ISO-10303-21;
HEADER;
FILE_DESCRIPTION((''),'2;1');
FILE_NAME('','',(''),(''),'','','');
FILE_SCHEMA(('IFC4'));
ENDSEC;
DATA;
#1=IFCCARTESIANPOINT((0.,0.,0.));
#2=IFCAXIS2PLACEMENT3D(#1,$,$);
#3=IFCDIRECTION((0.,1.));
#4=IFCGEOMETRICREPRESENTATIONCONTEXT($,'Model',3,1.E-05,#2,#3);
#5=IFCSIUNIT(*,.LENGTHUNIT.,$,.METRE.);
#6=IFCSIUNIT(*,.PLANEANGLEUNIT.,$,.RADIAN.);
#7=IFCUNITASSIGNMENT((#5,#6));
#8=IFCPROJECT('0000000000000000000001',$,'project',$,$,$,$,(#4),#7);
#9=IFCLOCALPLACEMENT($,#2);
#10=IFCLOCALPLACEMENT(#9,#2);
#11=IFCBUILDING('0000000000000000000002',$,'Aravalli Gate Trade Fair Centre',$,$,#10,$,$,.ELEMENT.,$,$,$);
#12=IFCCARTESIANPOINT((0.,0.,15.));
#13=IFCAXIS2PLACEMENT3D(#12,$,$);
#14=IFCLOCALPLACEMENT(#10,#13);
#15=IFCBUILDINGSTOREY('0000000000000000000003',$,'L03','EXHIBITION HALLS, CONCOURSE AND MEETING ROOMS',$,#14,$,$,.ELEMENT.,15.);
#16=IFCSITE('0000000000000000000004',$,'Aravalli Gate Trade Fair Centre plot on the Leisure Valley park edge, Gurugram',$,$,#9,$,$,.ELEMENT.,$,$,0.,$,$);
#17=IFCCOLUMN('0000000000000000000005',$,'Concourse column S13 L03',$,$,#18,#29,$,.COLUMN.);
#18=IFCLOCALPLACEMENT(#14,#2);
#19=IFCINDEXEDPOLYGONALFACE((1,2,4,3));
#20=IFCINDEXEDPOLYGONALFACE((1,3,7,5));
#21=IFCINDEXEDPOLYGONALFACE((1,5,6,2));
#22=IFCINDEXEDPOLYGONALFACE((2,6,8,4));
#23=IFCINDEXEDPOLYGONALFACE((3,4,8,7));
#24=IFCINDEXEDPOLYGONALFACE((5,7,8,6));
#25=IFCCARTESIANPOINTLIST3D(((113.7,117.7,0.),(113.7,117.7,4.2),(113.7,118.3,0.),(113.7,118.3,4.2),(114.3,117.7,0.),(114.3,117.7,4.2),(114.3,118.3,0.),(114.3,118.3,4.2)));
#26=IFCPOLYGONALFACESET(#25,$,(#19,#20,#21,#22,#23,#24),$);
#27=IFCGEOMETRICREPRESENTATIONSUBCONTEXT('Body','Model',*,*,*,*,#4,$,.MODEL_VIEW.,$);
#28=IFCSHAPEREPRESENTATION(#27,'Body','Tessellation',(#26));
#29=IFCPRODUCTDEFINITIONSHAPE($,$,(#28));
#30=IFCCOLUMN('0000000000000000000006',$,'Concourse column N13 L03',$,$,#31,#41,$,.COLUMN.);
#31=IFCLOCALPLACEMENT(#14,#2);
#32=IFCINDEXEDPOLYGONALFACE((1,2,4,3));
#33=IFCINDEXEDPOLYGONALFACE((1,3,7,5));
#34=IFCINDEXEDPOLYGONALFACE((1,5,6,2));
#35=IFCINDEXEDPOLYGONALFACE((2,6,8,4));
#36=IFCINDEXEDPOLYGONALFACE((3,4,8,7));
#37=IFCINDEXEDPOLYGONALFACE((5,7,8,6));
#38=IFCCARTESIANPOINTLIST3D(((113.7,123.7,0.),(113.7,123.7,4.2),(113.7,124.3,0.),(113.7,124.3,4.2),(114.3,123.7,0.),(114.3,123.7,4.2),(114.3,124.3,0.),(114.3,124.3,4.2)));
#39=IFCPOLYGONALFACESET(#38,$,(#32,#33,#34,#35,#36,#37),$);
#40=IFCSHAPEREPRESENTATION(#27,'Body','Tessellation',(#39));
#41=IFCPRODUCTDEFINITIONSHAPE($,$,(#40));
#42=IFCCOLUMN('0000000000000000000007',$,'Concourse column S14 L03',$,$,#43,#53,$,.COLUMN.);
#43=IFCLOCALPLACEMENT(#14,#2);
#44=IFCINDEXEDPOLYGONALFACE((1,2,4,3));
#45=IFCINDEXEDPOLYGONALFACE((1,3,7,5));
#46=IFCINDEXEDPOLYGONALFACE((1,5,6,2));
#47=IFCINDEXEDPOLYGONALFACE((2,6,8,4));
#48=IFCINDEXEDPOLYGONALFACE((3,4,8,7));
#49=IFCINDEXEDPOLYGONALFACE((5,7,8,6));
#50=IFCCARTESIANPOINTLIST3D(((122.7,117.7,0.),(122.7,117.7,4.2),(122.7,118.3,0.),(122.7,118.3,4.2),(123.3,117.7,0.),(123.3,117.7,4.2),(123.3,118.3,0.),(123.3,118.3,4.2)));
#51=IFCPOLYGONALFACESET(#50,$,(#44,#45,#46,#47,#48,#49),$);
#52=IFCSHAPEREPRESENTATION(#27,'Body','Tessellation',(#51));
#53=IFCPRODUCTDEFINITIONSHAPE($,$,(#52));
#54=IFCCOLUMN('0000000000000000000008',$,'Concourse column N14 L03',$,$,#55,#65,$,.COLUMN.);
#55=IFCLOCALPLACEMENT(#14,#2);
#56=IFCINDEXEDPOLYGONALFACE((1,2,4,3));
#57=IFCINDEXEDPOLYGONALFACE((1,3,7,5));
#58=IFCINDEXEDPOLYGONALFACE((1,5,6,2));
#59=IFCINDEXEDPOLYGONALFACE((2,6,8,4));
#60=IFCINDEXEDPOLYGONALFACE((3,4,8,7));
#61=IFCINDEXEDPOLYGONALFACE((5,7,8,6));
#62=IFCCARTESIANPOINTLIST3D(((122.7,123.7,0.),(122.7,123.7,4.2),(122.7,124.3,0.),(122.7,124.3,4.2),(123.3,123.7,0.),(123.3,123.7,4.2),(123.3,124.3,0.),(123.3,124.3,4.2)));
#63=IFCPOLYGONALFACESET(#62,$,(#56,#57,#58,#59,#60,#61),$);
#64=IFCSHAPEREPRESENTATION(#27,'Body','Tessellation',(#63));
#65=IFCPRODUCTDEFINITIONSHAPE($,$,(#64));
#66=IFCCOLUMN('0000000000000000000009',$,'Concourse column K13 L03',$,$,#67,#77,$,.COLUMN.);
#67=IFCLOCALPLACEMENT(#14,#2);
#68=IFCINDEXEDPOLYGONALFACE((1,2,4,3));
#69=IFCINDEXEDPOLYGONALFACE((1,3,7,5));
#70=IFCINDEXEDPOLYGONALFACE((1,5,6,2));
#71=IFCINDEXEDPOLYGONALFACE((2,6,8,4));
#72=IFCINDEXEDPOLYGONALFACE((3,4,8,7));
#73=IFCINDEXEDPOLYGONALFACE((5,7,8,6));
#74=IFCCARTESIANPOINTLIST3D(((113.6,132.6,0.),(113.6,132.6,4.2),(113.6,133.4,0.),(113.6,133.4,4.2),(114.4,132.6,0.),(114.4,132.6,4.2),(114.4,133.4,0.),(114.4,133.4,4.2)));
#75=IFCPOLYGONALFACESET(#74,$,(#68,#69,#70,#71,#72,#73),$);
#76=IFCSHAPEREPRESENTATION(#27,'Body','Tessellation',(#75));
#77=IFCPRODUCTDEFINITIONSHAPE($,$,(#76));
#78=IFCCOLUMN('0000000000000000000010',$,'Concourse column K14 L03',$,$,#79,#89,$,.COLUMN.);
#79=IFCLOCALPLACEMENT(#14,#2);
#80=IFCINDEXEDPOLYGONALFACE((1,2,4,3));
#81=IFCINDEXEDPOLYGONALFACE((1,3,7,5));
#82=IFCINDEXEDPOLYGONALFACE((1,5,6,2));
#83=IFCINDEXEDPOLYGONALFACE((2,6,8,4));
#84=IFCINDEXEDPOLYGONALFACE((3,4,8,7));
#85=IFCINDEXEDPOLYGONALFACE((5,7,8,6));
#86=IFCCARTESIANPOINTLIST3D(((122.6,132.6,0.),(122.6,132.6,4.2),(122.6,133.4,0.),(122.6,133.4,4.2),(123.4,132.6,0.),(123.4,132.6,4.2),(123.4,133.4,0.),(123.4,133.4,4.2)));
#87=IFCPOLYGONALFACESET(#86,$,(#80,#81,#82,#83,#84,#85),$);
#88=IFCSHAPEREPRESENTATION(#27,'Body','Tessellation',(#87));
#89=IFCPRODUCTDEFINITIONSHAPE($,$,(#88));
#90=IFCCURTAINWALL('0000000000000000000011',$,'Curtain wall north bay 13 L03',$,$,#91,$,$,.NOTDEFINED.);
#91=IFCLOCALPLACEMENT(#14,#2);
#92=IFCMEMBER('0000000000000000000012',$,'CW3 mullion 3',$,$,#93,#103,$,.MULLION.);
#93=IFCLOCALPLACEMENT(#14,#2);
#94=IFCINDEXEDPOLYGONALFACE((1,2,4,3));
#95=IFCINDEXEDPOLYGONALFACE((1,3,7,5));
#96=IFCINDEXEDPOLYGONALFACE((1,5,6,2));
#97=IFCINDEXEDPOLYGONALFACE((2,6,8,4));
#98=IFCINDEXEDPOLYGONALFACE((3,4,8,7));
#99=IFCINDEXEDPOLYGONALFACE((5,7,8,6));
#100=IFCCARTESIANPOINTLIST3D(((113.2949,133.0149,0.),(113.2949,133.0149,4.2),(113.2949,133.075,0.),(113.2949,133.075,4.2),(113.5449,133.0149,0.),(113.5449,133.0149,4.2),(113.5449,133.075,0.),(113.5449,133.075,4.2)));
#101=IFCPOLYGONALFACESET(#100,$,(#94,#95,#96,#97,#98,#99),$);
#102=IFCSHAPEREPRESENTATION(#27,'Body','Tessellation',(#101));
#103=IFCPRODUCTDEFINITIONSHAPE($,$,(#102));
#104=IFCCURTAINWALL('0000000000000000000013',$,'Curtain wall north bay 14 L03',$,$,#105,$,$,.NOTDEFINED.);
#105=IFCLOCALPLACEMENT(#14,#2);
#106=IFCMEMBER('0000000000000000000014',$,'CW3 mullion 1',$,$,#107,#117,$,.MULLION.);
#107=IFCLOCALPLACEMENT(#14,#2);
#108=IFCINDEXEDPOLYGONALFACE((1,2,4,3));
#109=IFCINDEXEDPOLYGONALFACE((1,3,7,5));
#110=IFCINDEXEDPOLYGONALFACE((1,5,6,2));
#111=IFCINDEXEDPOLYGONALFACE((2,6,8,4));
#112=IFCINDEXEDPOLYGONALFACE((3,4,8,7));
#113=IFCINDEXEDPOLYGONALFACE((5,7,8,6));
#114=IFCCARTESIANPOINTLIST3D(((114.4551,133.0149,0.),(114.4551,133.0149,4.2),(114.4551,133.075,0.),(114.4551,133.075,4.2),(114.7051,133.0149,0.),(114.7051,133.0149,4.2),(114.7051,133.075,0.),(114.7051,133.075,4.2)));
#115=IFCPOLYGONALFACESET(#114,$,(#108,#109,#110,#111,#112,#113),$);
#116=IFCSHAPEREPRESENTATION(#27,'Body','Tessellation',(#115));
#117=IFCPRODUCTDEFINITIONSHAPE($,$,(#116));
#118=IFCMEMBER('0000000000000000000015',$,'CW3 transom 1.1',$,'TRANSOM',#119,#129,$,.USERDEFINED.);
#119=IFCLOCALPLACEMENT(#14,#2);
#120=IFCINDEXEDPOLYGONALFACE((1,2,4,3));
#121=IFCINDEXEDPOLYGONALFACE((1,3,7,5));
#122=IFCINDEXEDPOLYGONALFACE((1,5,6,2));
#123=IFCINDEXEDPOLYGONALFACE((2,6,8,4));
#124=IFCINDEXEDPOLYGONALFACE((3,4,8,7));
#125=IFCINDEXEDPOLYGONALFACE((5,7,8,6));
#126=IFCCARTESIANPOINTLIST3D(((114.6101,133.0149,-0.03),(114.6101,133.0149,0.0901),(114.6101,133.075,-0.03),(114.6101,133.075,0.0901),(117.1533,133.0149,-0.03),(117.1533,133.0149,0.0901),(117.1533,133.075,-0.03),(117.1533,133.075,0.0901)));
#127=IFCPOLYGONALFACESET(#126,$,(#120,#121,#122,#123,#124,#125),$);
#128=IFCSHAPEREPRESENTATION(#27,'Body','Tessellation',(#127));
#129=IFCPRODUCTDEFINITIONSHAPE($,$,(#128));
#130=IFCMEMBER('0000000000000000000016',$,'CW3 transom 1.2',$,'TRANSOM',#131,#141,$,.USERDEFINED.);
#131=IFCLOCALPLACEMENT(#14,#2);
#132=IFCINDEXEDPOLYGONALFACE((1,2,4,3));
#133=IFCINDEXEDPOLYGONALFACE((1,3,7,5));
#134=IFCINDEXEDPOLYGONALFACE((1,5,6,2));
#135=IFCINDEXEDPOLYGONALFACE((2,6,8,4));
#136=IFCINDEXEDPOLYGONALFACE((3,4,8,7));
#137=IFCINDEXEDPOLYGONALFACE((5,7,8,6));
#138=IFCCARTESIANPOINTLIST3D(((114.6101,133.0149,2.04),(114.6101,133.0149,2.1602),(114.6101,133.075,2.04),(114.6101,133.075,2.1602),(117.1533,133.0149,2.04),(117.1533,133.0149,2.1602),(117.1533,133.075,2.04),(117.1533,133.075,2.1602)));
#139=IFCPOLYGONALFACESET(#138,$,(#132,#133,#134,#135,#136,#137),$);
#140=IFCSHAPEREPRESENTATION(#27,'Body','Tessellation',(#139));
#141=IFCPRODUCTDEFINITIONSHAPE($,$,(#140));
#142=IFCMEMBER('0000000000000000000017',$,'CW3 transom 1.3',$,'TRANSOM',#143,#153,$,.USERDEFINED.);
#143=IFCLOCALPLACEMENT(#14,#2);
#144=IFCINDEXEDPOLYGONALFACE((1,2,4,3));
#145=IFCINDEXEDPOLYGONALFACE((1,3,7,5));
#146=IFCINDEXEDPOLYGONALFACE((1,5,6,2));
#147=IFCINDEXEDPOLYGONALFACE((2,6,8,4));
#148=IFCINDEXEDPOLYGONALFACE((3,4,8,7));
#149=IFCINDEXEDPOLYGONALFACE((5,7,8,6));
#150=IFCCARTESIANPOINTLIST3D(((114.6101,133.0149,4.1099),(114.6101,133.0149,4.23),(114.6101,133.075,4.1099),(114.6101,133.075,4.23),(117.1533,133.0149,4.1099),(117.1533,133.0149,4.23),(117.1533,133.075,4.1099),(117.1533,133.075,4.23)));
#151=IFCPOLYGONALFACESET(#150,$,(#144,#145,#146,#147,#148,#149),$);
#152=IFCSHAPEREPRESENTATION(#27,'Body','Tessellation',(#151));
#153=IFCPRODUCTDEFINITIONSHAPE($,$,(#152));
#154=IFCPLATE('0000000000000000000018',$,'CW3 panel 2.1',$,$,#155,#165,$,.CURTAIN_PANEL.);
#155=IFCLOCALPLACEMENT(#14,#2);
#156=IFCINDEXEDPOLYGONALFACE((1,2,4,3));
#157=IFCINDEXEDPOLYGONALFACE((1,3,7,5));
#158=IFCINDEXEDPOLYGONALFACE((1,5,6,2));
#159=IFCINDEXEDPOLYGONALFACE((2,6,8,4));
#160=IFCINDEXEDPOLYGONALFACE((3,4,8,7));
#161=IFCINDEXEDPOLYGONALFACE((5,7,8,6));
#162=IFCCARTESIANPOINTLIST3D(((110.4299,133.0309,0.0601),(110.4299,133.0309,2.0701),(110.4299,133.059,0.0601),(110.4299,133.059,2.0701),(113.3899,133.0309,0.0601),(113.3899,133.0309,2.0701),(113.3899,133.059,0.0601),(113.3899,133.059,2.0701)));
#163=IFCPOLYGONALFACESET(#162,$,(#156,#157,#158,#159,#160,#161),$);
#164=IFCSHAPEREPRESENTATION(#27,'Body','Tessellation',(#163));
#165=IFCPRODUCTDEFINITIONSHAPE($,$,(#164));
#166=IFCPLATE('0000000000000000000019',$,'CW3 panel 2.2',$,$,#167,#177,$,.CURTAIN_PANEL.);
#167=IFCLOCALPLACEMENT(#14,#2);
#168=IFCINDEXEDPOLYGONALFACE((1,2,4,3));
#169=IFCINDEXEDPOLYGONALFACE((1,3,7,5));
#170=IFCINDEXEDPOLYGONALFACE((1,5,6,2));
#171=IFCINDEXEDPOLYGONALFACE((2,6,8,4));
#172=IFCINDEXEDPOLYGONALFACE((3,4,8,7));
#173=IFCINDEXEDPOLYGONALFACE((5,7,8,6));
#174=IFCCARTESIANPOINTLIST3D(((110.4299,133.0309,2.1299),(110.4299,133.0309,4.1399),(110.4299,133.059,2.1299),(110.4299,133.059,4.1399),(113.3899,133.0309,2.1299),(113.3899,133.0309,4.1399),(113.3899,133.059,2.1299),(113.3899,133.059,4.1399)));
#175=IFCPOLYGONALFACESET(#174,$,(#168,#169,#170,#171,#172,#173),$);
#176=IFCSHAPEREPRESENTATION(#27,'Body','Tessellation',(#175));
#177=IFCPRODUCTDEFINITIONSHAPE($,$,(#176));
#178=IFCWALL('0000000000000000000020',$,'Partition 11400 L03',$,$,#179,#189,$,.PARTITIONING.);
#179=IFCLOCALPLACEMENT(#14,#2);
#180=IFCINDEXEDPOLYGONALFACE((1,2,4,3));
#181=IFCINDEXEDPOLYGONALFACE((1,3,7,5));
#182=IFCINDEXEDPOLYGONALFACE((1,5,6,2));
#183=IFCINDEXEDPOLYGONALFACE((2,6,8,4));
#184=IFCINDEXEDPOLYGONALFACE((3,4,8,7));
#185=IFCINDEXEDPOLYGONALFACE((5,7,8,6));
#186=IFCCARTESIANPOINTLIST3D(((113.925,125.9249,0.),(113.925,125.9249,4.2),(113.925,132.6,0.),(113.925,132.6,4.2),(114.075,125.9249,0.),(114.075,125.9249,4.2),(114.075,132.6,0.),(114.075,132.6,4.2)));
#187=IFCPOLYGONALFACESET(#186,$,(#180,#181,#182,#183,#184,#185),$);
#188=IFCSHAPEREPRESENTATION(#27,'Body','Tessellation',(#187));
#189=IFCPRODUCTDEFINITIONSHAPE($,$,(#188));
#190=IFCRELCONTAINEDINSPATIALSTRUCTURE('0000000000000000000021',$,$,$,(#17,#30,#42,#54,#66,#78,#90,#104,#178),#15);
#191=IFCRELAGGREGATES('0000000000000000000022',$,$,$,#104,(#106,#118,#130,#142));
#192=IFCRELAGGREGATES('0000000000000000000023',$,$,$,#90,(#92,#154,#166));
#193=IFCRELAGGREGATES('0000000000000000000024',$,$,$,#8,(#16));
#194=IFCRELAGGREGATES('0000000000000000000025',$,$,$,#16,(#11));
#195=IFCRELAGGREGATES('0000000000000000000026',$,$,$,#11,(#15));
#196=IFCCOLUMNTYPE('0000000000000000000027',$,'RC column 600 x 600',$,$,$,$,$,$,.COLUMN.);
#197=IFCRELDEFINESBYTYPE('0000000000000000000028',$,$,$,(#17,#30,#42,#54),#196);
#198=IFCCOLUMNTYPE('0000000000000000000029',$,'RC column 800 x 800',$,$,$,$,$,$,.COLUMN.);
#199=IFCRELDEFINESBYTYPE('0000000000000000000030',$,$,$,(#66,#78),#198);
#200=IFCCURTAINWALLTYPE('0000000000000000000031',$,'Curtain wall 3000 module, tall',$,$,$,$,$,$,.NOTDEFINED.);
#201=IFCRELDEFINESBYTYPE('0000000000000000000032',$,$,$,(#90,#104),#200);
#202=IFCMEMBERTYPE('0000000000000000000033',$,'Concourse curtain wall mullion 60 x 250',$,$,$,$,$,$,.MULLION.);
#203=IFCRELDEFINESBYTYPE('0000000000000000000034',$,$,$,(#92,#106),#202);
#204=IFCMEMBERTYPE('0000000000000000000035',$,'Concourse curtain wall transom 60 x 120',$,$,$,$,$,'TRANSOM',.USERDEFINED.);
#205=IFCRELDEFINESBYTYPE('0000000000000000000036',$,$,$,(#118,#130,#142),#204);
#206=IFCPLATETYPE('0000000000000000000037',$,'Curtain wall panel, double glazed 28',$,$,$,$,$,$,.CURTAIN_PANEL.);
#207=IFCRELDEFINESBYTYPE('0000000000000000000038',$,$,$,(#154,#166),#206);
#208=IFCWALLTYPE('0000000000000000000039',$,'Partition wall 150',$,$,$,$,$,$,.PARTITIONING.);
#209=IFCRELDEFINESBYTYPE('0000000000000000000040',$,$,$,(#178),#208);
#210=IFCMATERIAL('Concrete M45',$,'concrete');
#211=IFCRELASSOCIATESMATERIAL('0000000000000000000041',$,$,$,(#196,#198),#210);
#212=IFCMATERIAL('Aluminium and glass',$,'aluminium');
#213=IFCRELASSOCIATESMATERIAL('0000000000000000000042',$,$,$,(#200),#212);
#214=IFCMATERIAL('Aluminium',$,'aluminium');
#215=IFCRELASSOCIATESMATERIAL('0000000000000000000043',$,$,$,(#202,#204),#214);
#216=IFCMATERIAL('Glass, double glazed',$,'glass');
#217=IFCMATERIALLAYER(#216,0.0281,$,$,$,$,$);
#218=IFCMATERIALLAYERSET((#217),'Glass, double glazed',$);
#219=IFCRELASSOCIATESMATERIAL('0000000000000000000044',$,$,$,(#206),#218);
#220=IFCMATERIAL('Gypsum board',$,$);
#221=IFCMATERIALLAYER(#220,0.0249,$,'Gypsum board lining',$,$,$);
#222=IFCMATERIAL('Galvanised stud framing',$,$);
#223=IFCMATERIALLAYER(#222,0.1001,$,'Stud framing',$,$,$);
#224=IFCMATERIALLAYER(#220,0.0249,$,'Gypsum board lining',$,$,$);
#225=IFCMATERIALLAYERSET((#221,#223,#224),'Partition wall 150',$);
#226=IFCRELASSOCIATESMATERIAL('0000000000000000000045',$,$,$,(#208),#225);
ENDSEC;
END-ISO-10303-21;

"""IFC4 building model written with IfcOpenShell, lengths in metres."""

from ifc_helpers import new_model, si_unit, direction, frame, frame_2d, origin, origin_2d, place, context, subcontext, project, spatial, rectangle, extrude, material, layer, layer_set, material_profile, profile_set, type_object, element, aggregate, save


model = new_model("IFC4")

# Units and contexts
model_context = context("Model", 3, precision=1e-05, world=origin(), true_north=direction((0.0, 1.0)))
body_context = subcontext(model_context, "Body", "Model", "MODEL_VIEW")
ifc_project = project(units=[si_unit("LENGTHUNIT", "METRE"), si_unit("PLANEANGLEUNIT", "RADIAN")], contexts=[model_context])

# Site, building, storey
site_placement = place(None, origin())
site = spatial("IfcSite", under=ifc_project, at=site_placement, Name="Aravalli Gate Trade Fair Centre plot on the Leisure Valley park edge, Gurugram", CompositionType="ELEMENT", RefElevation=0.0)
building_placement = place(site_placement, origin())
building = spatial("IfcBuilding", under=site, at=building_placement, Name="Aravalli Gate Trade Fair Centre", CompositionType="ELEMENT")
storey_placement = place(building_placement, frame((0.0, 0.0, 15.0)))
storey = spatial("IfcBuildingStorey", under=building, at=storey_placement, Name="L03", Description="EXHIBITION HALLS, CONCOURSE AND MEETING ROOMS", CompositionType="ELEMENT", Elevation=15.0)

# Columns
ifc_material_1 = material(Name="Concrete M45", Category="concrete")
ifc_material_profile_1 = material_profile(ifc_material_1, rectangle(XDim=0.6001, YDim=0.6001, at=origin_2d()), Name="RC column 600 x 600")
ifc_profile_set_1 = profile_set([ifc_material_profile_1], Name="Concrete M45")
column_type_1 = type_object("IfcColumnType", Name="RC column 600 x 600", PredefinedType="COLUMN", material=ifc_profile_set_1)
for number, where, z_axis, x_axis, name in (
    (1, (114.0, 118.0, 0.0), (0.0, 0.0, 1.0), (1.0, 0.0, 0.0), "Concourse column S13 L03"),
    (2, (114.0, 124.0, 0.0), (0.0, 0.0, 1.0), (1.0, 0.0, 0.0), "Concourse column N13 L03"),
    (3, (123.0, 118.0, 0.0), (0.0, 0.0, 1.0), (1.0, 0.0, 0.0), "Concourse column S14 L03"),
    (4, (123.0, 124.0, 0.0), (0.0, 0.0, 1.0), (1.0, 0.0, 0.0), "Concourse column N14 L03"),
):
    element("IfcColumn", number, at=place(storey_placement, frame(where, z_axis=z_axis, x_axis=x_axis)), inside=storey, type_object=column_type_1, Name=name, PredefinedType="COLUMN", context=body_context, shape_type="SweptSolid", body=[
        extrude(rectangle(XDim=0.6001, YDim=0.6001, at=origin_2d()), origin(), (0.0, 0.0, 1.0), 4.2),
    ])
ifc_material_profile_2 = material_profile(ifc_material_1, rectangle(XDim=0.8, YDim=0.8, at=origin_2d()), Name="RC column 800 x 800")
ifc_profile_set_2 = profile_set([ifc_material_profile_2], Name="Concrete M45")
column_type_2 = type_object("IfcColumnType", Name="RC column 800 x 800", PredefinedType="COLUMN", material=ifc_profile_set_2)
for number, where, z_axis, x_axis, name in (
    (5, (114.0, 133.0, 0.0), (0.0, 0.0, 1.0), (1.0, 0.0, 0.0), "Concourse column K13 L03"),
    (6, (123.0, 133.0, 0.0), (0.0, 0.0, 1.0), (1.0, 0.0, 0.0), "Concourse column K14 L03"),
):
    element("IfcColumn", number, at=place(storey_placement, frame(where, z_axis=z_axis, x_axis=x_axis)), inside=storey, type_object=column_type_2, Name=name, PredefinedType="COLUMN", context=body_context, shape_type="SweptSolid", body=[
        extrude(rectangle(XDim=0.8, YDim=0.8, at=origin_2d()), origin(), (0.0, 0.0, 1.0), 4.2),
    ])

# Curtain wall, member
ifc_material_2 = material(Name="Aluminium and glass", Category="aluminium")
curtain_wall_type = type_object("IfcCurtainWallType", Name="Curtain wall 3000 module, tall", PredefinedType="NOTDEFINED", material=ifc_material_2)
curtain_wall_1_placement = place(storey_placement, origin())
curtain_wall_1 = element("IfcCurtainWall", 7, at=curtain_wall_1_placement, inside=storey, type_object=curtain_wall_type, Name="Curtain wall north bay 13 L03", PredefinedType="NOTDEFINED")
ifc_material_3 = material(Name="Aluminium", Category="aluminium")
ifc_material_profile_3 = material_profile(ifc_material_3, rectangle(XDim=0.0601, YDim=0.25, at=origin_2d()), Name="Concourse curtain wall mullion 60 x 250")
ifc_profile_set_3 = profile_set([ifc_material_profile_3], Name="Aluminium")
member_type_1 = type_object("IfcMemberType", Name="Concourse curtain wall mullion 60 x 250", PredefinedType="MULLION", material=ifc_profile_set_3)
member_1_placement = place(storey_placement, frame((113.4199, 133.0449, 0.0), z_axis=(0.0, 0.0, 1.0), x_axis=(0.0, 1.0, 0.0)))
member_1 = element("IfcMember", 8, at=member_1_placement, type_object=member_type_1, Name="CW3 mullion 3", PredefinedType="MULLION", context=body_context, shape_type="SweptSolid", body=[
    extrude(rectangle(XDim=0.0601, YDim=0.25, at=origin_2d()), origin(), (0.0, 0.0, 1.0), 4.2),
])

# Curtain wall, members
curtain_wall_2_placement = place(storey_placement, origin())
curtain_wall_2 = element("IfcCurtainWall", 9, at=curtain_wall_2_placement, inside=storey, type_object=curtain_wall_type, Name="Curtain wall north bay 14 L03", PredefinedType="NOTDEFINED")
member_2_placement = place(storey_placement, frame((114.5801, 133.0449, 0.0), z_axis=(0.0, 0.0, 1.0), x_axis=(0.0, 1.0, 0.0)))
member_2 = element("IfcMember", 10, at=member_2_placement, type_object=member_type_1, Name="CW3 mullion 1", PredefinedType="MULLION", context=body_context, shape_type="SweptSolid", body=[
    extrude(rectangle(XDim=0.0601, YDim=0.25, at=origin_2d()), origin(), (0.0, 0.0, 1.0), 4.2),
])
ifc_material_profile_4 = material_profile(ifc_material_3, rectangle(XDim=0.0601, YDim=0.1201, at=origin_2d()), Name="Concourse curtain wall transom 60 x 120")
ifc_profile_set_4 = profile_set([ifc_material_profile_4], Name="Aluminium")
member_type_2 = type_object("IfcMemberType", Name="Concourse curtain wall transom 60 x 120", ElementType="TRANSOM", PredefinedType="USERDEFINED", material=ifc_profile_set_4)
member_3_placement = place(storey_placement, frame((114.6101, 133.0449, 0.03), z_axis=(1.0, 0.0, 0.0), x_axis=(0.0, 1.0, 0.0)))
member_3 = element("IfcMember", 11, at=member_3_placement, type_object=member_type_2, Name="CW3 transom 1.1", ObjectType="TRANSOM", PredefinedType="USERDEFINED", context=body_context, shape_type="SweptSolid", body=[
    extrude(rectangle(XDim=0.0601, YDim=0.1201, at=origin_2d()), origin(), (0.0, 0.0, 1.0), 2.5432),
])
member_4_placement = place(storey_placement, frame((114.6101, 133.0449, 2.1001), z_axis=(1.0, 0.0, 0.0), x_axis=(0.0, 1.0, 0.0)))
member_4 = element("IfcMember", 12, at=member_4_placement, type_object=member_type_2, Name="CW3 transom 1.2", ObjectType="TRANSOM", PredefinedType="USERDEFINED", context=body_context, shape_type="SweptSolid", body=[
    extrude(rectangle(XDim=0.0601, YDim=0.1201, at=origin_2d()), origin(), (0.0, 0.0, 1.0), 2.5432),
])
member_5_placement = place(storey_placement, frame((114.6101, 133.0449, 4.1699), z_axis=(1.0, 0.0, 0.0), x_axis=(0.0, 1.0, 0.0)))
member_5 = element("IfcMember", 13, at=member_5_placement, type_object=member_type_2, Name="CW3 transom 1.3", ObjectType="TRANSOM", PredefinedType="USERDEFINED", context=body_context, shape_type="SweptSolid", body=[
    extrude(rectangle(XDim=0.0601, YDim=0.1201, at=origin_2d()), origin(), (0.0, 0.0, 1.0), 2.5432),
])
aggregate(curtain_wall_2, [member_2, member_3, member_4, member_5])

# Plates
ifc_material_4 = material(Name="Glass, double glazed", Category="glass")
ifc_layer_1 = layer(ifc_material_4, 0.0281)
ifc_layer_set_1 = layer_set([ifc_layer_1], Name="Glass, double glazed")
plate_type = type_object("IfcPlateType", Name="Curtain wall panel, double glazed 28", PredefinedType="CURTAIN_PANEL", material=ifc_layer_set_1)
plate_1_placement = place(storey_placement, frame((111.9099, 133.0449, 0.0601), z_axis=(0.0, 0.0, 1.0), x_axis=(1.0, 0.0, 0.0)))
plate_1 = element("IfcPlate", 14, at=plate_1_placement, type_object=plate_type, Name="CW3 panel 2.1", PredefinedType="CURTAIN_PANEL", context=body_context, shape_type="SweptSolid", body=[
    extrude(rectangle(XDim=2.96, YDim=0.0281, at=origin_2d()), origin(), (0.0, 0.0, 1.0), 2.01),
])
plate_2_placement = place(storey_placement, frame((111.9099, 133.0449, 2.1299), z_axis=(0.0, 0.0, 1.0), x_axis=(1.0, 0.0, 0.0)))
plate_2 = element("IfcPlate", 15, at=plate_2_placement, type_object=plate_type, Name="CW3 panel 2.2", PredefinedType="CURTAIN_PANEL", context=body_context, shape_type="SweptSolid", body=[
    extrude(rectangle(XDim=2.96, YDim=0.0281, at=origin_2d()), origin(), (0.0, 0.0, 1.0), 2.01),
])
aggregate(curtain_wall_1, [member_1, plate_1, plate_2])

# Wall
ifc_material_5 = material(Name="Gypsum board")
ifc_layer_2 = layer(ifc_material_5, 0.0249, Name="Gypsum board lining")
ifc_material_6 = material(Name="Galvanised stud framing")
ifc_layer_3 = layer(ifc_material_6, 0.1001, Name="Stud framing")
ifc_layer_4 = layer(ifc_material_5, 0.0249, Name="Gypsum board lining")
ifc_layer_set_2 = layer_set([ifc_layer_2, ifc_layer_3, ifc_layer_4], Name="Partition wall 150")
wall_type_1 = type_object("IfcWallType", Name="Partition wall 150", PredefinedType="PARTITIONING", material=ifc_layer_set_2)
wall_1_placement = place(storey_placement, frame((114.0, 125.925, 0.0), z_axis=(0.0, 0.0, 1.0), x_axis=(0.0, 1.0, 0.0)))
element("IfcWall", 16, at=wall_1_placement, inside=storey, type_object=wall_type_1, Name="Partition 11400 L03", PredefinedType="PARTITIONING", context=body_context, shape_type="SweptSolid", body=[
    extrude(rectangle(XDim=6.675, YDim=0.1499, at=frame_2d((3.3374, 0.0))), origin(), (0.0, 0.0, 1.0), 4.2),
])

save(model, "model.ifc")
